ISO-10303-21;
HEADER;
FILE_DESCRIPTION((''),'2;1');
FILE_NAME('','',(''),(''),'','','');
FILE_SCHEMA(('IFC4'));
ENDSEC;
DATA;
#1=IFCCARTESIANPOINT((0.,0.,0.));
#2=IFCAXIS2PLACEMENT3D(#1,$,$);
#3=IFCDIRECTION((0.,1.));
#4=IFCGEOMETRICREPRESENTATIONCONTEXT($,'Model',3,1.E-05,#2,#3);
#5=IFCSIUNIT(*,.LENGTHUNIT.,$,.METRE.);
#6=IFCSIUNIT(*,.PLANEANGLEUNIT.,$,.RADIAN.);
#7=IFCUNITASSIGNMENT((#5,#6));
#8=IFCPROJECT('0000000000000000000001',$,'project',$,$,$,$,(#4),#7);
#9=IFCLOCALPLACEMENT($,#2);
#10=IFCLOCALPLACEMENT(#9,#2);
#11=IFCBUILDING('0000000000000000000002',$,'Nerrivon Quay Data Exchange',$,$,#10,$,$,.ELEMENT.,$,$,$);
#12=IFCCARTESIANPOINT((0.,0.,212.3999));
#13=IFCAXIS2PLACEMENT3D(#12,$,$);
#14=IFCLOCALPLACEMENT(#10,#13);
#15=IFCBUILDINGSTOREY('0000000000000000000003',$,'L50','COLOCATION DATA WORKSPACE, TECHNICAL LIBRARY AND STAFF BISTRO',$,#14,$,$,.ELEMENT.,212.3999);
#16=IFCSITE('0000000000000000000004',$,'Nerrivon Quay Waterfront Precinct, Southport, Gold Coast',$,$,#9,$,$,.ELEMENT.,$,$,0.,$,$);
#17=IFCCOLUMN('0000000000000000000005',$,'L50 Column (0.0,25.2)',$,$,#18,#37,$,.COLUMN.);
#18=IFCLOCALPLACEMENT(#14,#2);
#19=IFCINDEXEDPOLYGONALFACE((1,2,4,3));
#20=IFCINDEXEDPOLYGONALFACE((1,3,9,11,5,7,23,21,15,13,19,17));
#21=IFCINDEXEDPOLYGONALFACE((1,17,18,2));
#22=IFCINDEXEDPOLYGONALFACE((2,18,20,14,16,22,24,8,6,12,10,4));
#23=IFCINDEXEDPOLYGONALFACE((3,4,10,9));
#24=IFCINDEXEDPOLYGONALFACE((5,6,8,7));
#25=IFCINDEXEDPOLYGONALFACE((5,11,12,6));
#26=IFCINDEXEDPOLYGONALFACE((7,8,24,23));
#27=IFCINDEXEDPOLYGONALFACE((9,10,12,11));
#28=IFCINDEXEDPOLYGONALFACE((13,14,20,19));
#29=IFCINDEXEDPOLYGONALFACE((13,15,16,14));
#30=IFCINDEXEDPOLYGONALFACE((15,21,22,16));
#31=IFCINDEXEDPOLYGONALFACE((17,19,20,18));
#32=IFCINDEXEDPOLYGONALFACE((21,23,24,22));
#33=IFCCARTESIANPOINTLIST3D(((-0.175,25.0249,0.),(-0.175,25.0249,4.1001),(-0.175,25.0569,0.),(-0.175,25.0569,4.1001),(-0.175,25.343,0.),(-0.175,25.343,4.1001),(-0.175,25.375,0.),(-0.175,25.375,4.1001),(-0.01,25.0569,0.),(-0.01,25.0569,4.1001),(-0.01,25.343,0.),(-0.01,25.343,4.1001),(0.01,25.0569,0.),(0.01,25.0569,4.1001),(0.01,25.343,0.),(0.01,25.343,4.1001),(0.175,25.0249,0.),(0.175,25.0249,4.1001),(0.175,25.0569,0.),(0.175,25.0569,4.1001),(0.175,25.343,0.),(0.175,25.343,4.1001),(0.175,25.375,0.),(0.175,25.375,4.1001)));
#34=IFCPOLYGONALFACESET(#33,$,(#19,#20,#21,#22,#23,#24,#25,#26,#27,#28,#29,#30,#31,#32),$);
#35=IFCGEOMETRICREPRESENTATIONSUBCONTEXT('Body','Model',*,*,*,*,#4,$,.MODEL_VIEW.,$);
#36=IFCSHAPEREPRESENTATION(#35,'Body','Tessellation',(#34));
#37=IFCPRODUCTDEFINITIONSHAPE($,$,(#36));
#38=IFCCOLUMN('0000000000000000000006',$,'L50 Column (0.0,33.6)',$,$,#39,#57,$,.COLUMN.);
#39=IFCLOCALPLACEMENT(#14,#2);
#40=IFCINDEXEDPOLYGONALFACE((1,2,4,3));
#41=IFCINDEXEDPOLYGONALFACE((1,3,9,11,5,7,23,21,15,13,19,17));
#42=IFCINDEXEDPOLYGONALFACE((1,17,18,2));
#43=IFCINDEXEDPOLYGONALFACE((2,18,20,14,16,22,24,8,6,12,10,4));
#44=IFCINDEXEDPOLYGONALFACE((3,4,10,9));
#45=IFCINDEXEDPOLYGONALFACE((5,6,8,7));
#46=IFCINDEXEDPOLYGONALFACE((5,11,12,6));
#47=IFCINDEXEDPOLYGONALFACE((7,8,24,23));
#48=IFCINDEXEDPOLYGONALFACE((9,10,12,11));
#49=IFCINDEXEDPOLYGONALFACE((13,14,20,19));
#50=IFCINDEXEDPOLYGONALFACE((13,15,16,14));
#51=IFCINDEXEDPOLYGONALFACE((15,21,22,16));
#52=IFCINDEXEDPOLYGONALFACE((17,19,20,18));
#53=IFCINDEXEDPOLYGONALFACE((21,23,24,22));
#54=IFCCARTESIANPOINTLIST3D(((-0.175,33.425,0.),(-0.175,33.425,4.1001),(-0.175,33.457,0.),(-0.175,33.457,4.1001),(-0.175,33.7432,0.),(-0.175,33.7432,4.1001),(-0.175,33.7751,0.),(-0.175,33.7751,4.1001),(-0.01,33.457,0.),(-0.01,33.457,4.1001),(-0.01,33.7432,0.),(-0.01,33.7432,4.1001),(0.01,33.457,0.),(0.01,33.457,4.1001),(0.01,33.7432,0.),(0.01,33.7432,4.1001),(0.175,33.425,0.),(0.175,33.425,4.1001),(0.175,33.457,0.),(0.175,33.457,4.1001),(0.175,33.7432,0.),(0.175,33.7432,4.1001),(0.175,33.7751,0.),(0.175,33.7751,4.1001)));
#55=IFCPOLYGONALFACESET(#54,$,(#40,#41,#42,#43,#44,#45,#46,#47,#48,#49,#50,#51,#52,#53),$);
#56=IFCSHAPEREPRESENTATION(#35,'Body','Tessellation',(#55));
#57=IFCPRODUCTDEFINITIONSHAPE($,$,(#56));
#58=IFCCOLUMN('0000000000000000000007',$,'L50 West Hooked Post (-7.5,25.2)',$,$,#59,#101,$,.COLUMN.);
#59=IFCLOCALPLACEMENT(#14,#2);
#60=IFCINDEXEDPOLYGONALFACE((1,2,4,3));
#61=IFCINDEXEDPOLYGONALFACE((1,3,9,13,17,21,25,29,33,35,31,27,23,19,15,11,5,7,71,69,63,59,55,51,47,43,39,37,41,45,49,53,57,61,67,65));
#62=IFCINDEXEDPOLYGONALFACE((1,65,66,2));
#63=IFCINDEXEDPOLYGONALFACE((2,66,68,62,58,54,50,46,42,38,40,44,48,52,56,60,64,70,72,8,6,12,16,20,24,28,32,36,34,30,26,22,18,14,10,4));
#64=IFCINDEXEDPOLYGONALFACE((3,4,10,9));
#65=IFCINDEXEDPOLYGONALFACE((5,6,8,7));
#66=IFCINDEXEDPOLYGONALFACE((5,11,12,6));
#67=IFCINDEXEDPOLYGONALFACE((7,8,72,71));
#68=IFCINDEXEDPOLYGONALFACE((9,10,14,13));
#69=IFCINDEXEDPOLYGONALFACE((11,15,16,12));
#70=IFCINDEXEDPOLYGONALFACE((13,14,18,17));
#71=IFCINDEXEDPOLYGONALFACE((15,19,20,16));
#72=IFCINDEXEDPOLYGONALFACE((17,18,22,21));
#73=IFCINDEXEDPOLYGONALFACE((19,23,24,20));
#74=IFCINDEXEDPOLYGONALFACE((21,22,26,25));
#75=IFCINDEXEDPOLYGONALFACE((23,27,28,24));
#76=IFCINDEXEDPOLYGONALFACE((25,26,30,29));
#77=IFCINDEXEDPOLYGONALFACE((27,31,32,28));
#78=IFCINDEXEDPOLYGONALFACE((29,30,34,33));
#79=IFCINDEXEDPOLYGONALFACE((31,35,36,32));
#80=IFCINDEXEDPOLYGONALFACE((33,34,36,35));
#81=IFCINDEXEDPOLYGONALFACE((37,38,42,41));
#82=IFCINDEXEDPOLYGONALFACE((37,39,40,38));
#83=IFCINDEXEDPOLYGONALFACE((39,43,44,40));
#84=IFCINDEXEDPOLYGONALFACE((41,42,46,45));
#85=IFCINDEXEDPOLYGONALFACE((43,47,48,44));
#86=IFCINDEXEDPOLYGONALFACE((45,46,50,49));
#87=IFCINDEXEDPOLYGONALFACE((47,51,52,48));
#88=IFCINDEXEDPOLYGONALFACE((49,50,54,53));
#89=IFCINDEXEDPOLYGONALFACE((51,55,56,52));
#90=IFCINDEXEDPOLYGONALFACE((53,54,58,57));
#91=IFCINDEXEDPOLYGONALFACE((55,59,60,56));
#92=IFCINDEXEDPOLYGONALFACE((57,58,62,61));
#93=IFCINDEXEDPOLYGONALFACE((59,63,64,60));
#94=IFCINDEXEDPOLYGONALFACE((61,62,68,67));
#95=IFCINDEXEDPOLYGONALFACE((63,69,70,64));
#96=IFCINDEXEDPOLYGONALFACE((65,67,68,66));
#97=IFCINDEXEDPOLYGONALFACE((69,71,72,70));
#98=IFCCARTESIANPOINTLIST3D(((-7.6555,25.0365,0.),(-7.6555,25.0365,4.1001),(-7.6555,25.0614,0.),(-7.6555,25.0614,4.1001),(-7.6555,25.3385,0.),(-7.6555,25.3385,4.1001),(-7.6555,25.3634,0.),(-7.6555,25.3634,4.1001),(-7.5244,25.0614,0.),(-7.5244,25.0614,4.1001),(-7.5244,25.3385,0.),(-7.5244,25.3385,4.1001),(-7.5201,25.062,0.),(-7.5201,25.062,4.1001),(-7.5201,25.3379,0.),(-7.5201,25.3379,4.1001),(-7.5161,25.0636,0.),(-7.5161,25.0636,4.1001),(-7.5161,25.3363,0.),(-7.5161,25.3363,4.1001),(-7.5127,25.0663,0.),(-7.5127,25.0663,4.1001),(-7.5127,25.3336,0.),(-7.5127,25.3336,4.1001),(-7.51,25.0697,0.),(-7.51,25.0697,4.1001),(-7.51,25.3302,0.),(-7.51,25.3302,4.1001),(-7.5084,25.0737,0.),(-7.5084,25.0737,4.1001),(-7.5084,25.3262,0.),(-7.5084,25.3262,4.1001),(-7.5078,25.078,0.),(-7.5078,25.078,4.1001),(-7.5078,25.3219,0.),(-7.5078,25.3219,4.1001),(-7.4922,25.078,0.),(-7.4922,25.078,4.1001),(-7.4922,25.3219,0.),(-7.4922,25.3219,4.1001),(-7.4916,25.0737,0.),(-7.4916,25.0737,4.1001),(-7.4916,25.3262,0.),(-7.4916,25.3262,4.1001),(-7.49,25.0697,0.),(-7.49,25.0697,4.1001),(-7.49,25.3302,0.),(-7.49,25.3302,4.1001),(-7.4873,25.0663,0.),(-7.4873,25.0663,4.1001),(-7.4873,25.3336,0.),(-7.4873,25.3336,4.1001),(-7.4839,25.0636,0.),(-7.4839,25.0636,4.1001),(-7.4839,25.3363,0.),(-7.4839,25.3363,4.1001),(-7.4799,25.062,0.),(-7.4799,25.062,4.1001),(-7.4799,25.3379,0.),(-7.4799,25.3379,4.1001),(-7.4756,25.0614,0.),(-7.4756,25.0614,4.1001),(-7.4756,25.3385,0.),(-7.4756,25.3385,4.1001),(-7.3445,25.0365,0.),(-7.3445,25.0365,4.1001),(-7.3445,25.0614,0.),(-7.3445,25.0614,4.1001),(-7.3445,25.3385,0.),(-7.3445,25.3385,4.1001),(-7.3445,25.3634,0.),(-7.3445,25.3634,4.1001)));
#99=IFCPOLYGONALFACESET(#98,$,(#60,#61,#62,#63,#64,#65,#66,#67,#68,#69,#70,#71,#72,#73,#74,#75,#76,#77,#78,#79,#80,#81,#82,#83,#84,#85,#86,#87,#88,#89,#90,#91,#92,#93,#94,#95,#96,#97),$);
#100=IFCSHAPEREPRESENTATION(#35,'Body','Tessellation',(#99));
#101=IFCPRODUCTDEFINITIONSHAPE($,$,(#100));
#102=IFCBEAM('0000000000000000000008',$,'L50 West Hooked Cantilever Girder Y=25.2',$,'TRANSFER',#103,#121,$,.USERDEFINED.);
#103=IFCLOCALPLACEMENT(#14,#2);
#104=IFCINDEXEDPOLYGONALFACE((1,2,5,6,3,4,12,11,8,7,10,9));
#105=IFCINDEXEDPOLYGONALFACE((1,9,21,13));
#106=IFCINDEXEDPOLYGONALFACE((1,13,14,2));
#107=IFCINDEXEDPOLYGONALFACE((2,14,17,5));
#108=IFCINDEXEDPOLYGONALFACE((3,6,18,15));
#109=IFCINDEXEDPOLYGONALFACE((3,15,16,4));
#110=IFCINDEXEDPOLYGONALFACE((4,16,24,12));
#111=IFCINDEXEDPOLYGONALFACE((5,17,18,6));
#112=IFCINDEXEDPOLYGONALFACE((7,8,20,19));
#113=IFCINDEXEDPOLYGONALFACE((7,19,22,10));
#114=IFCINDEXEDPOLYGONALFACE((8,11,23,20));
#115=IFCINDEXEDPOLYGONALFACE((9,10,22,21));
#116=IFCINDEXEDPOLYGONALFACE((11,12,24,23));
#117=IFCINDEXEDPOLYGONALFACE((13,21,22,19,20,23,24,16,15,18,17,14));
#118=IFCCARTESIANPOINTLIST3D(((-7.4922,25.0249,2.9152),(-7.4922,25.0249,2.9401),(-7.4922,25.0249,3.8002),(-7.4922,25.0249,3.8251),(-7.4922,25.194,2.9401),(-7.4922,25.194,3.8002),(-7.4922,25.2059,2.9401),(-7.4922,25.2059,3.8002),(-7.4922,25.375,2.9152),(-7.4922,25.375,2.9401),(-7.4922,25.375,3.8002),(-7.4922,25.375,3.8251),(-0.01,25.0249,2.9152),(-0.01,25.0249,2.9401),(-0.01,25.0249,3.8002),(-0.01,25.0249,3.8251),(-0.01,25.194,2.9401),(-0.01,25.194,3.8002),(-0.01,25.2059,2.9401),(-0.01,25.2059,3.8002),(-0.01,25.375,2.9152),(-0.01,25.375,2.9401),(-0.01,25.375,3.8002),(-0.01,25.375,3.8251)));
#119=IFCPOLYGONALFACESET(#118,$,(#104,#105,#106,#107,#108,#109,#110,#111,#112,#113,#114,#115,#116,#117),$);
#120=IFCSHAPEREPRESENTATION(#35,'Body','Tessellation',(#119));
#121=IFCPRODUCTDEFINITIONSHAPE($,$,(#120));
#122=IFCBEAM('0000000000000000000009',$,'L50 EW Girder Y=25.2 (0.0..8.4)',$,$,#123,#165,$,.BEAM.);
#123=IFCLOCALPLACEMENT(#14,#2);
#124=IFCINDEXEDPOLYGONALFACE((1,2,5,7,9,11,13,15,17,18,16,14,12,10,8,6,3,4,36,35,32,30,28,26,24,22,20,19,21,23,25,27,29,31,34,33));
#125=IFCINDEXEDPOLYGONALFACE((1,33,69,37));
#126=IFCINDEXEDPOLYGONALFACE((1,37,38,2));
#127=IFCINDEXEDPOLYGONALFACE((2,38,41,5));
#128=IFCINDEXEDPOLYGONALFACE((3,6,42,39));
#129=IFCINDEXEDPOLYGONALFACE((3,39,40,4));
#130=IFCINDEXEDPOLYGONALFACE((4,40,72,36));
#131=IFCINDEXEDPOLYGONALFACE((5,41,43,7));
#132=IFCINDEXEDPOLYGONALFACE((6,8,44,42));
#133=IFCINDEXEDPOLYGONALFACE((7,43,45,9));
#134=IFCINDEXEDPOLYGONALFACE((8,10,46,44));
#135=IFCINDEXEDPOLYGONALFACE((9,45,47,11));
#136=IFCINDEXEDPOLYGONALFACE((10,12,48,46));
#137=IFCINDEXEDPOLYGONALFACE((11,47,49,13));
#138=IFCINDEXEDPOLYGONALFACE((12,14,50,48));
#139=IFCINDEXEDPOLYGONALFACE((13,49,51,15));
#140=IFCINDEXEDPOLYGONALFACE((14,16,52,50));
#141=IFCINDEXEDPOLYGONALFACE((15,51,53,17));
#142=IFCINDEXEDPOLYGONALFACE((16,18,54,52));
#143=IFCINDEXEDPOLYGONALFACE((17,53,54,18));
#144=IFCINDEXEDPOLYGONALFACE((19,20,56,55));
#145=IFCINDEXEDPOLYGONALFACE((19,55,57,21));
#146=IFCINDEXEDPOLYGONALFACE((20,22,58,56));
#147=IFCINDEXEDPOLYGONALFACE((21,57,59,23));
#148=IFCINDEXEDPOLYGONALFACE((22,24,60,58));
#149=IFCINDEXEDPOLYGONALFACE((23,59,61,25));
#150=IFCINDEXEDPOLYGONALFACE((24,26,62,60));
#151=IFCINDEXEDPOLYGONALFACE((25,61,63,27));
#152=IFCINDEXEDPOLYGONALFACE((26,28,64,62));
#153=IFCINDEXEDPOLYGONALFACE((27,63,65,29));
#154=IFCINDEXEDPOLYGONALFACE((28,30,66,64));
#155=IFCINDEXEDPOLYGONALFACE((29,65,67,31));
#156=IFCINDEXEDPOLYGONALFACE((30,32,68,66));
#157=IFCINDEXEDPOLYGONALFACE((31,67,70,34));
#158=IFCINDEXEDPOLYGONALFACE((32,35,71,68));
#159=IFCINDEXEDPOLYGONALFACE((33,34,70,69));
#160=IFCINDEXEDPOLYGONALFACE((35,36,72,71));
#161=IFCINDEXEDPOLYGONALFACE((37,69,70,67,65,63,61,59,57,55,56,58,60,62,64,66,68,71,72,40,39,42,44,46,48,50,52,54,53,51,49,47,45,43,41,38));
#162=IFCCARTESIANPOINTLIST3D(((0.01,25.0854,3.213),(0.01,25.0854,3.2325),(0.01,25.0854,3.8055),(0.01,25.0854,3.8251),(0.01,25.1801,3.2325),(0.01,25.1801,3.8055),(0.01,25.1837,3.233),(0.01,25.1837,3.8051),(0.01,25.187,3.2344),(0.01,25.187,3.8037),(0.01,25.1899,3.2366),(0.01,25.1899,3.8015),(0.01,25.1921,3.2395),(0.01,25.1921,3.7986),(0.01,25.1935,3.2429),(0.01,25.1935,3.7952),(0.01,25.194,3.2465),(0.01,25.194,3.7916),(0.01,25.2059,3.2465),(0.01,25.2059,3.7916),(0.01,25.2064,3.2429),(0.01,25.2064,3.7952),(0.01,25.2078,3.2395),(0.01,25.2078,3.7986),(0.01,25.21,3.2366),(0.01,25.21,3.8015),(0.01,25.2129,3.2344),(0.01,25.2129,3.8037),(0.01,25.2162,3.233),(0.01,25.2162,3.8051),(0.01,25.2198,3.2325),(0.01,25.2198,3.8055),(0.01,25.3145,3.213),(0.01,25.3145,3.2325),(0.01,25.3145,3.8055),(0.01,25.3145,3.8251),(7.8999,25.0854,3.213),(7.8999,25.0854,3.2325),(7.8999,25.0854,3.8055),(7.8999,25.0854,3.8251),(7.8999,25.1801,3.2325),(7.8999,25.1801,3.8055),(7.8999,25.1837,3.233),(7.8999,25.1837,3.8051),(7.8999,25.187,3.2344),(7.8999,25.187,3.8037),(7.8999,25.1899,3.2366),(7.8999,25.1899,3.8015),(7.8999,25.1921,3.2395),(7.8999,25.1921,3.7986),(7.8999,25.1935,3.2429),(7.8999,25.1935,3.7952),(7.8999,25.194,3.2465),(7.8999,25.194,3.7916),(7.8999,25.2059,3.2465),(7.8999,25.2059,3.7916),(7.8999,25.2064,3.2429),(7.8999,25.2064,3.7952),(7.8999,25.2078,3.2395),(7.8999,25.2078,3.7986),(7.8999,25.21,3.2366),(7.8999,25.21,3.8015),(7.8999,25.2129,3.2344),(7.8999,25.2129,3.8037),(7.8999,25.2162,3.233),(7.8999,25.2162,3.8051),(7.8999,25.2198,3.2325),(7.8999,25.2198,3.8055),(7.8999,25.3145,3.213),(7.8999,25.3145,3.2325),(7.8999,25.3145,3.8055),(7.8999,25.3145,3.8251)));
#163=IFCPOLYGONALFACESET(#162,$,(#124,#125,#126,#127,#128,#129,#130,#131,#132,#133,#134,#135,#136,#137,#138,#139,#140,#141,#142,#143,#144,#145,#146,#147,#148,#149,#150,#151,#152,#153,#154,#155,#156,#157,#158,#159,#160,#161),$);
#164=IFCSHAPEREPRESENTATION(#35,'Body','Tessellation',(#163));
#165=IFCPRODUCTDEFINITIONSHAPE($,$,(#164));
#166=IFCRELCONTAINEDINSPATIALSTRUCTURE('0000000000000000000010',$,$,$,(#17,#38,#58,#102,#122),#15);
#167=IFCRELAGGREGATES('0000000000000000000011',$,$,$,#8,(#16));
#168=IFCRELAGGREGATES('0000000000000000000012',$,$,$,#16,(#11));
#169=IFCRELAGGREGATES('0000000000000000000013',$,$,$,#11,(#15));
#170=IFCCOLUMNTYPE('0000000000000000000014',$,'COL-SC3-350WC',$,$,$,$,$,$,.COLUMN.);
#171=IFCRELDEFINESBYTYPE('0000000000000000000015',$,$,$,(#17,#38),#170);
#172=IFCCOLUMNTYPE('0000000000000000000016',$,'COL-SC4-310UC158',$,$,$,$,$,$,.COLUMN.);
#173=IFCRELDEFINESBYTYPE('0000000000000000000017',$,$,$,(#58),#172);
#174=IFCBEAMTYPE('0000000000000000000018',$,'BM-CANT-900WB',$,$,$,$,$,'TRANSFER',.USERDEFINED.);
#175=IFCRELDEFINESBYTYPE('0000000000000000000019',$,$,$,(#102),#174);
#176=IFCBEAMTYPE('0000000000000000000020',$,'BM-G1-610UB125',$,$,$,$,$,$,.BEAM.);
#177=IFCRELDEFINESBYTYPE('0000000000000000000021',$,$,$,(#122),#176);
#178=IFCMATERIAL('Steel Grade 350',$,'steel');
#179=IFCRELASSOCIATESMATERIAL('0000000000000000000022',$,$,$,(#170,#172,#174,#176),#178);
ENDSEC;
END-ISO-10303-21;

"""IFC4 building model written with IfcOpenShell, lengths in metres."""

from ifc_helpers import new_model, si_unit, direction, frame, origin, origin_2d, place, context, subcontext, project, spatial, i_section, extrude, material, material_profile, profile_set, type_object, element, save


model = new_model("IFC4")

# Units and contexts
model_context = context("Model", 3, precision=1e-05, world=origin(), true_north=direction((0.0, 1.0)))
body_context = subcontext(model_context, "Body", "Model", "MODEL_VIEW")
ifc_project = project(units=[si_unit("LENGTHUNIT", "METRE"), si_unit("PLANEANGLEUNIT", "RADIAN")], contexts=[model_context])

# Site, building, storey
site_placement = place(None, origin())
site = spatial("IfcSite", under=ifc_project, at=site_placement, Name="Nerrivon Quay Waterfront Precinct, Southport, Gold Coast", CompositionType="ELEMENT", RefElevation=0.0)
building_placement = place(site_placement, origin())
building = spatial("IfcBuilding", under=site, at=building_placement, Name="Nerrivon Quay Data Exchange", CompositionType="ELEMENT")
storey_placement = place(building_placement, frame((0.0, 0.0, 212.3999)))
storey = spatial("IfcBuildingStorey", under=building, at=storey_placement, Name="L50", Description="COLOCATION DATA WORKSPACE, TECHNICAL LIBRARY AND STAFF BISTRO", CompositionType="ELEMENT", Elevation=212.3999)

# Columns
ifc_material_1 = material(Name="Steel Grade 350", Category="steel")
ifc_material_profile_1 = material_profile(ifc_material_1, i_section(OverallWidth=0.3501, OverallDepth=0.3501, WebThickness=0.02, FlangeThickness=0.032, at=origin_2d()), Name="350WC230")
ifc_profile_set_1 = profile_set([ifc_material_profile_1], Name="Steel Grade 350")
column_type_1 = type_object("IfcColumnType", Name="COL-SC3-350WC", PredefinedType="COLUMN", material=ifc_profile_set_1)
for number, where, z_axis, x_axis, name in (
    (1, (0.0, 25.2, 0.0), (0.0, 0.0, 1.0), (1.0, 0.0, 0.0), "L50 Column (0.0,25.2)"),
    (2, (0.0, 33.6001, 0.0), (0.0, 0.0, 1.0), (1.0, 0.0, 0.0), "L50 Column (0.0,33.6)"),
):
    element("IfcColumn", number, at=place(storey_placement, frame(where, z_axis=z_axis, x_axis=x_axis)), inside=storey, type_object=column_type_1, Name=name, PredefinedType="COLUMN", context=body_context, shape_type="SweptSolid", body=[
        extrude(i_section(OverallWidth=0.3501, OverallDepth=0.3501, WebThickness=0.02, FlangeThickness=0.032, at=origin_2d()), origin(), (0.0, 0.0, 1.0), 4.1001),
    ])
ifc_material_profile_2 = material_profile(ifc_material_1, i_section(OverallWidth=0.311, OverallDepth=0.3269, WebThickness=0.0156, FlangeThickness=0.0249, FilletRadius=0.0166, at=origin_2d()), Name="310UC158")
ifc_profile_set_2 = profile_set([ifc_material_profile_2], Name="Steel Grade 350")
column_type_2 = type_object("IfcColumnType", Name="COL-SC4-310UC158", PredefinedType="COLUMN", material=ifc_profile_set_2)
column_placement = place(storey_placement, frame((-7.5, 25.2, 0.0), z_axis=(0.0, 0.0, 1.0), x_axis=(1.0, 0.0, 0.0)))
element("IfcColumn", 3, at=column_placement, inside=storey, type_object=column_type_2, Name="L50 West Hooked Post (-7.5,25.2)", PredefinedType="COLUMN", context=body_context, shape_type="SweptSolid", body=[
    extrude(i_section(OverallWidth=0.311, OverallDepth=0.3269, WebThickness=0.0156, FlangeThickness=0.0249, FilletRadius=0.0166, at=origin_2d()), origin(), (0.0, 0.0, 1.0), 4.1001),
])

# Beams
ifc_material_profile_3 = material_profile(ifc_material_1, i_section(OverallWidth=0.3501, OverallDepth=0.9099, WebThickness=0.012, FlangeThickness=0.0249, at=origin_2d()), Name="900WB218")
ifc_profile_set_3 = profile_set([ifc_material_profile_3], Name="Steel Grade 350")
beam_type_1 = type_object("IfcBeamType", Name="BM-CANT-900WB", ElementType="TRANSFER", PredefinedType="USERDEFINED", material=ifc_profile_set_3)
beam_1_placement = place(storey_placement, frame((-0.01, 25.2, 3.3701), z_axis=(-1.0, 0.0, 0.0), x_axis=(0.0, -1.0, 0.0)))
element("IfcBeam", 4, at=beam_1_placement, inside=storey, type_object=beam_type_1, Name="L50 West Hooked Cantilever Girder Y=25.2", ObjectType="TRANSFER", PredefinedType="USERDEFINED", context=body_context, shape_type="SweptSolid", body=[
    extrude(i_section(OverallWidth=0.3501, OverallDepth=0.9099, WebThickness=0.012, FlangeThickness=0.0249, at=origin_2d()), origin(), (0.0, 0.0, 1.0), 7.4822),
])
ifc_material_profile_4 = material_profile(ifc_material_1, i_section(OverallWidth=0.229, OverallDepth=0.6121, WebThickness=0.012, FlangeThickness=0.0195, FilletRadius=0.0139, at=origin_2d()), Name="610UB125")
ifc_profile_set_4 = profile_set([ifc_material_profile_4], Name="Steel Grade 350")
beam_type_2 = type_object("IfcBeamType", Name="BM-G1-610UB125", PredefinedType="BEAM", material=ifc_profile_set_4)
beam_2_placement = place(storey_placement, frame((0.01, 25.2, 3.519), z_axis=(1.0, 0.0, 0.0), x_axis=(0.0, 1.0, 0.0)))
element("IfcBeam", 5, at=beam_2_placement, inside=storey, type_object=beam_type_2, Name="L50 EW Girder Y=25.2 (0.0..8.4)", PredefinedType="BEAM", context=body_context, shape_type="SweptSolid", body=[
    extrude(i_section(OverallWidth=0.229, OverallDepth=0.6121, WebThickness=0.012, FlangeThickness=0.0195, FilletRadius=0.0139, at=origin_2d()), origin(), (0.0, 0.0, 1.0), 7.8899),
])

save(model, "model.ifc")
